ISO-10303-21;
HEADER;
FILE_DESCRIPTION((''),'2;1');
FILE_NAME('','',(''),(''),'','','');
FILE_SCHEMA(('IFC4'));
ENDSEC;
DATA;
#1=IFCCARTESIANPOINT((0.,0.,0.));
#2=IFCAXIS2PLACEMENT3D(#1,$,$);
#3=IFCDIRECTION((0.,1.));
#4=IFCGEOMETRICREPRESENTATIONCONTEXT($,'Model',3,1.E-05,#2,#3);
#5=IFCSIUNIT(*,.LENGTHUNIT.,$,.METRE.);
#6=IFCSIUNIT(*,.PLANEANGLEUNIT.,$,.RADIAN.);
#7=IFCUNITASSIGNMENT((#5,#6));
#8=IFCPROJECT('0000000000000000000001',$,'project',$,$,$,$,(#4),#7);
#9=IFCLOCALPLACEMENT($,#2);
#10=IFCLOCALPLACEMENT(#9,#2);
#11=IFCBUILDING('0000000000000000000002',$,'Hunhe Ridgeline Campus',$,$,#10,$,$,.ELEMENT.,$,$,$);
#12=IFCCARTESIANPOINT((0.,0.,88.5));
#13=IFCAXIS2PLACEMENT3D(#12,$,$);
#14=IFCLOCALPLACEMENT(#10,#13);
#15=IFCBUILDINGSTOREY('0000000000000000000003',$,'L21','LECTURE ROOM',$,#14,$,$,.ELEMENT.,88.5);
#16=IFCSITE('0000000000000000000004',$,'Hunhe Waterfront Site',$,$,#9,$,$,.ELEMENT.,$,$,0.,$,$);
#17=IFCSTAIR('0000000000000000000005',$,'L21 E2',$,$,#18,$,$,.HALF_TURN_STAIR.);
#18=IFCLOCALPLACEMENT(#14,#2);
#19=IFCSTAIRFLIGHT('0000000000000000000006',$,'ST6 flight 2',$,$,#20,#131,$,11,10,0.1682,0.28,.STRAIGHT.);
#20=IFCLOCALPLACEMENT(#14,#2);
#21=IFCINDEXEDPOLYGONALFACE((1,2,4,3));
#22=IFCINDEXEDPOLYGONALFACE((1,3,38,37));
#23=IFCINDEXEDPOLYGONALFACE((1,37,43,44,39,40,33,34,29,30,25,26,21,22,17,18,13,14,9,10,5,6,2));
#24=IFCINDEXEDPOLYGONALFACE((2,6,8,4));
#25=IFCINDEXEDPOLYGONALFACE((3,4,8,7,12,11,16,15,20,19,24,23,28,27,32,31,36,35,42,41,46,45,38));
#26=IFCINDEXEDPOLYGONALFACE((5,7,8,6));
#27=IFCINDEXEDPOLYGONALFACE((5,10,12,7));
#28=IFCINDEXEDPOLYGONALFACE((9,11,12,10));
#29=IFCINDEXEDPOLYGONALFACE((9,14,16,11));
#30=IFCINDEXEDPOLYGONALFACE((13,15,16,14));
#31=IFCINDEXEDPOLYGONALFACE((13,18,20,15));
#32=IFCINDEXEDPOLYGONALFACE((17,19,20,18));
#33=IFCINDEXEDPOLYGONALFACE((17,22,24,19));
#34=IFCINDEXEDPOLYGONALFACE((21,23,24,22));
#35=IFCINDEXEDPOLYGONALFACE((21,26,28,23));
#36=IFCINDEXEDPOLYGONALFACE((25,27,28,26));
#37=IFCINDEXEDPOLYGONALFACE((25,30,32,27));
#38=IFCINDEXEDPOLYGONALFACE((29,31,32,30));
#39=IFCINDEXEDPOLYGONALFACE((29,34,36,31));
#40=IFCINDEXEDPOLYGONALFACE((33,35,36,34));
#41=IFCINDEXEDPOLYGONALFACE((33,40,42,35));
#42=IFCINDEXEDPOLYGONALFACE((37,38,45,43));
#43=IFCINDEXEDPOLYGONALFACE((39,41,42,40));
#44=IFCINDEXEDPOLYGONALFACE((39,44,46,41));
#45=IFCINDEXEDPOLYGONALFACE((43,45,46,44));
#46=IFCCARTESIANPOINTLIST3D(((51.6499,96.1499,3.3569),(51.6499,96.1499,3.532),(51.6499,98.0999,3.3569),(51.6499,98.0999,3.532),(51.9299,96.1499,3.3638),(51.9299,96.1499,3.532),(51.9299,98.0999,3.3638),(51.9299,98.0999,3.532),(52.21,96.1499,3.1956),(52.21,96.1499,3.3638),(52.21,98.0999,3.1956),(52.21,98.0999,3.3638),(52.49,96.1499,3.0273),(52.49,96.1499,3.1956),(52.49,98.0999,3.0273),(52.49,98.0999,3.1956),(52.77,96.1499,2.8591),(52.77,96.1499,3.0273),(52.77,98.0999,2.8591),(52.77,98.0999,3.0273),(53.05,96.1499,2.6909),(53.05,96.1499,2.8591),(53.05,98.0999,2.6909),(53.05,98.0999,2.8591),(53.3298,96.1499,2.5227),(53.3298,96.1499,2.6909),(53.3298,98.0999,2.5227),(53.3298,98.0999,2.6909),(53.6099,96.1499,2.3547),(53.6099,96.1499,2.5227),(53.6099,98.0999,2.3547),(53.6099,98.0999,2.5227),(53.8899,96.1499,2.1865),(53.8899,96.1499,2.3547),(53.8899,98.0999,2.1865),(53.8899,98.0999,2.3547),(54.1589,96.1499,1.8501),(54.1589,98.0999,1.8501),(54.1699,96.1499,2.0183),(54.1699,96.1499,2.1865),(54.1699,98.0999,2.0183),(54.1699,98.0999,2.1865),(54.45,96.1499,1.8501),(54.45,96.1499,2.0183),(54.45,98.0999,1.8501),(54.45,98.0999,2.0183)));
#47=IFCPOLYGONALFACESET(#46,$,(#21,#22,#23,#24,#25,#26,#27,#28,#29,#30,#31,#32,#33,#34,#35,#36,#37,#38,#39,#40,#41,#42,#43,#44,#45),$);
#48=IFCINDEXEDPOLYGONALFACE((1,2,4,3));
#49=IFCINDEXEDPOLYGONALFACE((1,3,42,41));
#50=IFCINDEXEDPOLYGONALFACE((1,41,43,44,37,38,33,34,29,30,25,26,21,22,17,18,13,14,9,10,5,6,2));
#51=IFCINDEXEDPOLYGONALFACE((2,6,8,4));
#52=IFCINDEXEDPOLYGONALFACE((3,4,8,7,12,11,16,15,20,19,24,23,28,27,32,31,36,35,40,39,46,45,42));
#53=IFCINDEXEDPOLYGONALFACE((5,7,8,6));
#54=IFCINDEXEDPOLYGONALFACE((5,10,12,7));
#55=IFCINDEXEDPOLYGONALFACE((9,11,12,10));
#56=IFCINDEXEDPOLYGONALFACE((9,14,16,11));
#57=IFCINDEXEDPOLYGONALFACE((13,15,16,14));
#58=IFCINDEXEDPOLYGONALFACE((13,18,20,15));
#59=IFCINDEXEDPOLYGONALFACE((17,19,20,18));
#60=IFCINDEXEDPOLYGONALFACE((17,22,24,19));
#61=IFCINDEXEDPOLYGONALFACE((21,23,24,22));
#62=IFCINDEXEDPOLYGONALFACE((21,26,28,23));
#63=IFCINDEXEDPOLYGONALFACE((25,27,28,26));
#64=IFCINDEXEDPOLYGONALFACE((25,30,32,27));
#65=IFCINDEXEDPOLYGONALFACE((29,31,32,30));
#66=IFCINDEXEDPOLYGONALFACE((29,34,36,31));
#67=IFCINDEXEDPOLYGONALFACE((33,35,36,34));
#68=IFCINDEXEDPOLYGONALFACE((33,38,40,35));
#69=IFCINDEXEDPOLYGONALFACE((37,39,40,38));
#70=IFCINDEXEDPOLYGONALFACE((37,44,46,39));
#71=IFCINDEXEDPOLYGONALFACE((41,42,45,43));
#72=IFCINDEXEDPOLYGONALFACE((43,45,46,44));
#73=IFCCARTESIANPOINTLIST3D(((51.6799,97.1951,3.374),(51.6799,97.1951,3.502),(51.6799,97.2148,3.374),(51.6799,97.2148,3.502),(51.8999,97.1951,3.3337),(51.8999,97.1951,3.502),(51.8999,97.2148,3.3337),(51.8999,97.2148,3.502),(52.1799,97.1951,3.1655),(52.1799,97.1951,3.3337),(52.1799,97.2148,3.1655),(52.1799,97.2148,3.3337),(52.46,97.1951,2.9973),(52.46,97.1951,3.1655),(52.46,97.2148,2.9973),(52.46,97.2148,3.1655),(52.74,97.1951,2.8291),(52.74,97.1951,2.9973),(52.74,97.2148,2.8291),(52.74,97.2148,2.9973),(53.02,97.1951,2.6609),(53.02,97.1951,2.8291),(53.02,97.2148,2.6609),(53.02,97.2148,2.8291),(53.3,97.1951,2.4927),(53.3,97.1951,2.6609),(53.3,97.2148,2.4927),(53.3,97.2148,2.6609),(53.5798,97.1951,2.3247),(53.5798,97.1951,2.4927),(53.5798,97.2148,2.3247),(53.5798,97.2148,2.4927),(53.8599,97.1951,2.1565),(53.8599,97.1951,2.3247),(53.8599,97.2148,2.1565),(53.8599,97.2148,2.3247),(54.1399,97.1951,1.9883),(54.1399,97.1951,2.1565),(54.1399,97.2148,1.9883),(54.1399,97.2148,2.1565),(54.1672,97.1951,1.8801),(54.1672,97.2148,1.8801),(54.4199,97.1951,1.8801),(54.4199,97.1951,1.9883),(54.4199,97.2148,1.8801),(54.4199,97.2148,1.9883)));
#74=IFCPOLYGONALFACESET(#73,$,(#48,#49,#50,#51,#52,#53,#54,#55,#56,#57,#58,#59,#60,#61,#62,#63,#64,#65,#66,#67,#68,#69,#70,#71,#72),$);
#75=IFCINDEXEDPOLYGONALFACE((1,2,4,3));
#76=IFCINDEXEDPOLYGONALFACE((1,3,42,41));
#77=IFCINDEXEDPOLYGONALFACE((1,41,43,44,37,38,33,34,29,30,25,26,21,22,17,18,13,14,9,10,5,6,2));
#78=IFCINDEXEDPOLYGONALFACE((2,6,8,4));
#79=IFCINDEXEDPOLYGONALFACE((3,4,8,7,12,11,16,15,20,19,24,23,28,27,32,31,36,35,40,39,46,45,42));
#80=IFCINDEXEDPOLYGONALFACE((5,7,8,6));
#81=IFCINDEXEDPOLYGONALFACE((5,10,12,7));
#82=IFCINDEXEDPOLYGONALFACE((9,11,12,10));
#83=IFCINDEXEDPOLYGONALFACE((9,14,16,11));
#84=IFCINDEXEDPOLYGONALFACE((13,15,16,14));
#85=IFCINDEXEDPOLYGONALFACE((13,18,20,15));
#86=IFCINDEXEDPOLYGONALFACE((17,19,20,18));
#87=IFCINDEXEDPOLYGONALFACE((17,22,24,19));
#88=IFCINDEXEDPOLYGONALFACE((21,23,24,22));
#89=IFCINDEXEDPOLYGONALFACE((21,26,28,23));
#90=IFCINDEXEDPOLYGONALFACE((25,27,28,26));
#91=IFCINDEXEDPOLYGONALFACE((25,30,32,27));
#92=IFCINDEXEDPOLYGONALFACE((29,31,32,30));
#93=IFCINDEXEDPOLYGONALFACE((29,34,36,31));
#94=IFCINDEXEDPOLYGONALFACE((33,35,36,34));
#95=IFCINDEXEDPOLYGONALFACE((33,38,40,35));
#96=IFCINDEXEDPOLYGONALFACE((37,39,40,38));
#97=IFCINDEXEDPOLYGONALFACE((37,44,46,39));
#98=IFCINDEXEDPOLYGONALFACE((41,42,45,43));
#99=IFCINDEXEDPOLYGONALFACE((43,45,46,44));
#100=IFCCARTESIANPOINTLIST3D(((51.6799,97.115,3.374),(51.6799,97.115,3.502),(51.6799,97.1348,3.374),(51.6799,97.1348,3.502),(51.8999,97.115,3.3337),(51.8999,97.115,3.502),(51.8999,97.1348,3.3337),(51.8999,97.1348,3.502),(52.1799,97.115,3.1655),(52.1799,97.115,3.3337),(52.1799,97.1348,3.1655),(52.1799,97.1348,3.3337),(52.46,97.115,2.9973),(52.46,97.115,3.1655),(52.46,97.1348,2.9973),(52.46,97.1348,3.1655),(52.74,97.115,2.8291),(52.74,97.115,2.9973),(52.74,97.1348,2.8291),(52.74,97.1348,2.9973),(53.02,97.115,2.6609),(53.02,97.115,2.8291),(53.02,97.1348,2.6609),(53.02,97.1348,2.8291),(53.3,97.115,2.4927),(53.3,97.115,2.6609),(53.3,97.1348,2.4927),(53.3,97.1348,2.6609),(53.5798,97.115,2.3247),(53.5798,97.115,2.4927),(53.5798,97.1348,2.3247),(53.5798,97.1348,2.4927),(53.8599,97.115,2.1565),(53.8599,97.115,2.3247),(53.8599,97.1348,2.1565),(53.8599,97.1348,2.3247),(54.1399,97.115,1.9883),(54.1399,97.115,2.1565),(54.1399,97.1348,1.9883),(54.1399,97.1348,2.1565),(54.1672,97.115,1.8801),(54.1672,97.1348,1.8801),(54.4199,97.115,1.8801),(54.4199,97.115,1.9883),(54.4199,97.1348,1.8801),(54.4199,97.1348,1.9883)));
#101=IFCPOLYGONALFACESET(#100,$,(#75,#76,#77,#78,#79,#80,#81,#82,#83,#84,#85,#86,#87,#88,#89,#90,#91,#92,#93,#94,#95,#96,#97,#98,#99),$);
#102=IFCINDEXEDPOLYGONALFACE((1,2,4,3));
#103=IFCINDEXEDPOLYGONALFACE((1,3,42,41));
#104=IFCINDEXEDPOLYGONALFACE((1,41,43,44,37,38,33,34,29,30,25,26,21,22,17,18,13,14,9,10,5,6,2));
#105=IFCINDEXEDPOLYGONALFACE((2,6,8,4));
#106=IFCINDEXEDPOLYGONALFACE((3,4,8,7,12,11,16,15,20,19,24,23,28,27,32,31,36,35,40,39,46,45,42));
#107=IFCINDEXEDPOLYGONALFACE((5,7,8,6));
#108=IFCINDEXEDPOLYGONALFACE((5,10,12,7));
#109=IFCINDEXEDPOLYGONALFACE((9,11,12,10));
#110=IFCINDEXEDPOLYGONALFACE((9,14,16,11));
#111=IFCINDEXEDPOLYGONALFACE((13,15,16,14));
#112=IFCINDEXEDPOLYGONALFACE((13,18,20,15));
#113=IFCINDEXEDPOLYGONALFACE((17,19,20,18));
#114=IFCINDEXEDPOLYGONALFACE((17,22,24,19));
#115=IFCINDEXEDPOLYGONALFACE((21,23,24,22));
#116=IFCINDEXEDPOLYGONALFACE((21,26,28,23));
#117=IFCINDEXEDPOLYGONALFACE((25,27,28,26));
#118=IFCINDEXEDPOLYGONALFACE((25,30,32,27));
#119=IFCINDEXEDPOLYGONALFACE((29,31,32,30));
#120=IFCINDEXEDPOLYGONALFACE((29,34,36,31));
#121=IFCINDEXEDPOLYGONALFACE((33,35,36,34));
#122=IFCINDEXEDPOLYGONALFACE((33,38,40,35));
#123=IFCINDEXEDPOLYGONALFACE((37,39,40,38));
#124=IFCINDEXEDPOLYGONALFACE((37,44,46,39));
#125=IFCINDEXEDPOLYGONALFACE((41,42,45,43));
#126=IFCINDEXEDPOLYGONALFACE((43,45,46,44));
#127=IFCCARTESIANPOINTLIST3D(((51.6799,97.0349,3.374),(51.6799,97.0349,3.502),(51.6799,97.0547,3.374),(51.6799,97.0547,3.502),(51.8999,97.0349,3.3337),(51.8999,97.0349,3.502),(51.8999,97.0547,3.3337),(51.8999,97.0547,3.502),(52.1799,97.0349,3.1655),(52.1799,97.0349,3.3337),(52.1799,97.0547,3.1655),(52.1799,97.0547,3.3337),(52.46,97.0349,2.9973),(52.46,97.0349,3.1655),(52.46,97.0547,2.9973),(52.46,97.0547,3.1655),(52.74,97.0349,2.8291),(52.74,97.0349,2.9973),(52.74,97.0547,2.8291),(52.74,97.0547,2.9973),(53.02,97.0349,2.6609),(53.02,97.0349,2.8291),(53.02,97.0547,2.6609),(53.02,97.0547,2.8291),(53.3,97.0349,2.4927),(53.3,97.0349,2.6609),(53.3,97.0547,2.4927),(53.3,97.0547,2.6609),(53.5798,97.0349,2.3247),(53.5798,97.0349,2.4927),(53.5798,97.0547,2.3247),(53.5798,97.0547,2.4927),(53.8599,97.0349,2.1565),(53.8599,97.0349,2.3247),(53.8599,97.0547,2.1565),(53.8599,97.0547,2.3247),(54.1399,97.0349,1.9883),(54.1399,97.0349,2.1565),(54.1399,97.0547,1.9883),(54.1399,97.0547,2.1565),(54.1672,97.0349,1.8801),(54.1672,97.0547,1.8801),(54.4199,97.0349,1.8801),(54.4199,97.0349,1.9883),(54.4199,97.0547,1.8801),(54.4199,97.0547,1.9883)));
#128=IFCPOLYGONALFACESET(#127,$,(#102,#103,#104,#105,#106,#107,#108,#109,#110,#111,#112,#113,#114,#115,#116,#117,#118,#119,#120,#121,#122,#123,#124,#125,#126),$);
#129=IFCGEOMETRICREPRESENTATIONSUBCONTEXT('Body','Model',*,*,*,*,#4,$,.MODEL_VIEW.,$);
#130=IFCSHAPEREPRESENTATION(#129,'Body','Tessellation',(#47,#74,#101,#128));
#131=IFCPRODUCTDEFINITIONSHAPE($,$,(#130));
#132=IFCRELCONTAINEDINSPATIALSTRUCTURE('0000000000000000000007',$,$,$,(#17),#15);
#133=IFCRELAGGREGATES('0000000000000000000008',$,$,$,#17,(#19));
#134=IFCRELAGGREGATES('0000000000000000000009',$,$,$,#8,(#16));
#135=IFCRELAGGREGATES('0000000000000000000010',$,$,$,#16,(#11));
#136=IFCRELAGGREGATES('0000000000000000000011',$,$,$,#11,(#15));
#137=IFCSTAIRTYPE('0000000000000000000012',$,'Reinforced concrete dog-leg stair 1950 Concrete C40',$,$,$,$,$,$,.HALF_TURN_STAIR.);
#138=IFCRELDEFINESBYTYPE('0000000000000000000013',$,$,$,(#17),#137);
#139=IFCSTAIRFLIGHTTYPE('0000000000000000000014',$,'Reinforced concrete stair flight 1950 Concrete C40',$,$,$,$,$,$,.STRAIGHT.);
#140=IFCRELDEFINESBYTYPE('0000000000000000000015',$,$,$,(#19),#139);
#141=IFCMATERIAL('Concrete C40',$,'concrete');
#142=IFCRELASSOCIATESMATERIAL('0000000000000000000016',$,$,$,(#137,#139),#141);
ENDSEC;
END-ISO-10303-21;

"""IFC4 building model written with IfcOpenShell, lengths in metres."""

from ifc_helpers import new_model, si_unit, direction, frame, origin, place, context, subcontext, project, spatial, polyline, outline, extrude, material, type_object, element, aggregate, save


model = new_model("IFC4")

# Units and contexts
model_context = context("Model", 3, precision=1e-05, world=origin(), true_north=direction((0.0, 1.0)))
body_context = subcontext(model_context, "Body", "Model", "MODEL_VIEW")
ifc_project = project(units=[si_unit("LENGTHUNIT", "METRE"), si_unit("PLANEANGLEUNIT", "RADIAN")], contexts=[model_context])

# Site, building, storey
site_placement = place(None, origin())
site = spatial("IfcSite", under=ifc_project, at=site_placement, Name="Hunhe Waterfront Site", CompositionType="ELEMENT", RefElevation=0.0)
building_placement = place(site_placement, origin())
building = spatial("IfcBuilding", under=site, at=building_placement, Name="Hunhe Ridgeline Campus", CompositionType="ELEMENT")
storey_placement = place(building_placement, frame((0.0, 0.0, 88.5)))
storey = spatial("IfcBuildingStorey", under=building, at=storey_placement, Name="L21", Description="LECTURE ROOM", CompositionType="ELEMENT", Elevation=88.5)

# Stair, stair flight
ifc_material_1 = material(Name="Concrete C40", Category="concrete")
stair_type = type_object("IfcStairType", Name="Reinforced concrete dog-leg stair 1950 Concrete C40", PredefinedType="HALF_TURN_STAIR", material=ifc_material_1)
stair_1_placement = place(storey_placement, origin())
stair_1 = element("IfcStair", 1, at=stair_1_placement, inside=storey, type_object=stair_type, Name="L21 E2", PredefinedType="HALF_TURN_STAIR")
stair_flight_type = type_object("IfcStairFlightType", Name="Reinforced concrete stair flight 1950 Concrete C40", PredefinedType="STRAIGHT", material=ifc_material_1)
stair_flight_1_placement = place(storey_placement, frame((54.45, 97.125, 1.8501), z_axis=(0.0, 0.0, 1.0), x_axis=(-1.0, 0.0, 0.0)))
stair_flight_1 = element("IfcStairFlight", 2, at=stair_flight_1_placement, type_object=stair_flight_type, Name="ST6 flight 2", NumberOfRisers=11, NumberOfTreads=10, PredefinedType="STRAIGHT", RiserHeight=0.1682, TreadLength=0.28, context=body_context, shape_type="SweptSolid", body=[
    extrude(outline(polyline([(0.0, 0.0), (0.0, 0.1682), (0.28, 0.1682), (0.28, 0.3364), (0.5601, 0.3364), (0.5601, 0.5046), (0.8401, 0.5046), (0.8401, 0.6726), (1.1201, 0.6726), (1.1201, 0.8408), (1.3999, 0.8408), (1.3999, 1.009), (1.6799, 1.009), (1.6799, 1.1772), (1.96, 1.1772), (1.96, 1.3455), (2.24, 1.3455), (2.24, 1.5137), (2.52, 1.5137), (2.52, 1.6819), (2.8, 1.6819), (2.8, 1.8501), (2.8, 1.5068), (0.291, 0.0), (0.0, 0.0)])), frame((0.0, 0.9751, 0.0), z_axis=(0.0, -1.0, 0.0), x_axis=(1.0, 0.0, 0.0)), (0.0, 0.0, 1.0), 1.95),
    extrude(outline(polyline([(0.03, 0.03), (0.03, 0.1382), (0.3101, 0.1382), (0.3101, 0.3064), (0.5901, 0.3064), (0.5901, 0.4746), (0.8701, 0.4746), (0.8701, 0.6426), (1.1499, 0.6426), (1.1499, 0.8108), (1.4299, 0.8108), (1.4299, 0.979), (1.71, 0.979), (1.71, 1.1472), (1.99, 1.1472), (1.99, 1.3154), (2.27, 1.3154), (2.27, 1.4836), (2.55, 1.4836), (2.55, 1.6519), (2.77, 1.6519), (2.77, 1.5239), (0.2827, 0.03), (0.03, 0.03)])), frame((0.0, -0.0701, 0.0), z_axis=(0.0, -1.0, 0.0), x_axis=(1.0, 0.0, 0.0)), (0.0, 0.0, 1.0), 0.0198),
    extrude(outline(polyline([(0.03, 0.03), (0.03, 0.1382), (0.3101, 0.1382), (0.3101, 0.3064), (0.5901, 0.3064), (0.5901, 0.4746), (0.8701, 0.4746), (0.8701, 0.6426), (1.1499, 0.6426), (1.1499, 0.8108), (1.4299, 0.8108), (1.4299, 0.979), (1.71, 0.979), (1.71, 1.1472), (1.99, 1.1472), (1.99, 1.3154), (2.27, 1.3154), (2.27, 1.4836), (2.55, 1.4836), (2.55, 1.6519), (2.77, 1.6519), (2.77, 1.5239), (0.2827, 0.03), (0.03, 0.03)])), frame((0.0, 0.01, 0.0), z_axis=(0.0, -1.0, 0.0), x_axis=(1.0, 0.0, 0.0)), (0.0, 0.0, 1.0), 0.0198),
    extrude(outline(polyline([(0.03, 0.03), (0.03, 0.1382), (0.3101, 0.1382), (0.3101, 0.3064), (0.5901, 0.3064), (0.5901, 0.4746), (0.8701, 0.4746), (0.8701, 0.6426), (1.1499, 0.6426), (1.1499, 0.8108), (1.4299, 0.8108), (1.4299, 0.979), (1.71, 0.979), (1.71, 1.1472), (1.99, 1.1472), (1.99, 1.3154), (2.27, 1.3154), (2.27, 1.4836), (2.55, 1.4836), (2.55, 1.6519), (2.77, 1.6519), (2.77, 1.5239), (0.2827, 0.03), (0.03, 0.03)])), frame((0.0, 0.0901, 0.0), z_axis=(0.0, -1.0, 0.0), x_axis=(1.0, 0.0, 0.0)), (0.0, 0.0, 1.0), 0.0198),
])
aggregate(stair_1, [stair_flight_1])

save(model, "model.ifc")
